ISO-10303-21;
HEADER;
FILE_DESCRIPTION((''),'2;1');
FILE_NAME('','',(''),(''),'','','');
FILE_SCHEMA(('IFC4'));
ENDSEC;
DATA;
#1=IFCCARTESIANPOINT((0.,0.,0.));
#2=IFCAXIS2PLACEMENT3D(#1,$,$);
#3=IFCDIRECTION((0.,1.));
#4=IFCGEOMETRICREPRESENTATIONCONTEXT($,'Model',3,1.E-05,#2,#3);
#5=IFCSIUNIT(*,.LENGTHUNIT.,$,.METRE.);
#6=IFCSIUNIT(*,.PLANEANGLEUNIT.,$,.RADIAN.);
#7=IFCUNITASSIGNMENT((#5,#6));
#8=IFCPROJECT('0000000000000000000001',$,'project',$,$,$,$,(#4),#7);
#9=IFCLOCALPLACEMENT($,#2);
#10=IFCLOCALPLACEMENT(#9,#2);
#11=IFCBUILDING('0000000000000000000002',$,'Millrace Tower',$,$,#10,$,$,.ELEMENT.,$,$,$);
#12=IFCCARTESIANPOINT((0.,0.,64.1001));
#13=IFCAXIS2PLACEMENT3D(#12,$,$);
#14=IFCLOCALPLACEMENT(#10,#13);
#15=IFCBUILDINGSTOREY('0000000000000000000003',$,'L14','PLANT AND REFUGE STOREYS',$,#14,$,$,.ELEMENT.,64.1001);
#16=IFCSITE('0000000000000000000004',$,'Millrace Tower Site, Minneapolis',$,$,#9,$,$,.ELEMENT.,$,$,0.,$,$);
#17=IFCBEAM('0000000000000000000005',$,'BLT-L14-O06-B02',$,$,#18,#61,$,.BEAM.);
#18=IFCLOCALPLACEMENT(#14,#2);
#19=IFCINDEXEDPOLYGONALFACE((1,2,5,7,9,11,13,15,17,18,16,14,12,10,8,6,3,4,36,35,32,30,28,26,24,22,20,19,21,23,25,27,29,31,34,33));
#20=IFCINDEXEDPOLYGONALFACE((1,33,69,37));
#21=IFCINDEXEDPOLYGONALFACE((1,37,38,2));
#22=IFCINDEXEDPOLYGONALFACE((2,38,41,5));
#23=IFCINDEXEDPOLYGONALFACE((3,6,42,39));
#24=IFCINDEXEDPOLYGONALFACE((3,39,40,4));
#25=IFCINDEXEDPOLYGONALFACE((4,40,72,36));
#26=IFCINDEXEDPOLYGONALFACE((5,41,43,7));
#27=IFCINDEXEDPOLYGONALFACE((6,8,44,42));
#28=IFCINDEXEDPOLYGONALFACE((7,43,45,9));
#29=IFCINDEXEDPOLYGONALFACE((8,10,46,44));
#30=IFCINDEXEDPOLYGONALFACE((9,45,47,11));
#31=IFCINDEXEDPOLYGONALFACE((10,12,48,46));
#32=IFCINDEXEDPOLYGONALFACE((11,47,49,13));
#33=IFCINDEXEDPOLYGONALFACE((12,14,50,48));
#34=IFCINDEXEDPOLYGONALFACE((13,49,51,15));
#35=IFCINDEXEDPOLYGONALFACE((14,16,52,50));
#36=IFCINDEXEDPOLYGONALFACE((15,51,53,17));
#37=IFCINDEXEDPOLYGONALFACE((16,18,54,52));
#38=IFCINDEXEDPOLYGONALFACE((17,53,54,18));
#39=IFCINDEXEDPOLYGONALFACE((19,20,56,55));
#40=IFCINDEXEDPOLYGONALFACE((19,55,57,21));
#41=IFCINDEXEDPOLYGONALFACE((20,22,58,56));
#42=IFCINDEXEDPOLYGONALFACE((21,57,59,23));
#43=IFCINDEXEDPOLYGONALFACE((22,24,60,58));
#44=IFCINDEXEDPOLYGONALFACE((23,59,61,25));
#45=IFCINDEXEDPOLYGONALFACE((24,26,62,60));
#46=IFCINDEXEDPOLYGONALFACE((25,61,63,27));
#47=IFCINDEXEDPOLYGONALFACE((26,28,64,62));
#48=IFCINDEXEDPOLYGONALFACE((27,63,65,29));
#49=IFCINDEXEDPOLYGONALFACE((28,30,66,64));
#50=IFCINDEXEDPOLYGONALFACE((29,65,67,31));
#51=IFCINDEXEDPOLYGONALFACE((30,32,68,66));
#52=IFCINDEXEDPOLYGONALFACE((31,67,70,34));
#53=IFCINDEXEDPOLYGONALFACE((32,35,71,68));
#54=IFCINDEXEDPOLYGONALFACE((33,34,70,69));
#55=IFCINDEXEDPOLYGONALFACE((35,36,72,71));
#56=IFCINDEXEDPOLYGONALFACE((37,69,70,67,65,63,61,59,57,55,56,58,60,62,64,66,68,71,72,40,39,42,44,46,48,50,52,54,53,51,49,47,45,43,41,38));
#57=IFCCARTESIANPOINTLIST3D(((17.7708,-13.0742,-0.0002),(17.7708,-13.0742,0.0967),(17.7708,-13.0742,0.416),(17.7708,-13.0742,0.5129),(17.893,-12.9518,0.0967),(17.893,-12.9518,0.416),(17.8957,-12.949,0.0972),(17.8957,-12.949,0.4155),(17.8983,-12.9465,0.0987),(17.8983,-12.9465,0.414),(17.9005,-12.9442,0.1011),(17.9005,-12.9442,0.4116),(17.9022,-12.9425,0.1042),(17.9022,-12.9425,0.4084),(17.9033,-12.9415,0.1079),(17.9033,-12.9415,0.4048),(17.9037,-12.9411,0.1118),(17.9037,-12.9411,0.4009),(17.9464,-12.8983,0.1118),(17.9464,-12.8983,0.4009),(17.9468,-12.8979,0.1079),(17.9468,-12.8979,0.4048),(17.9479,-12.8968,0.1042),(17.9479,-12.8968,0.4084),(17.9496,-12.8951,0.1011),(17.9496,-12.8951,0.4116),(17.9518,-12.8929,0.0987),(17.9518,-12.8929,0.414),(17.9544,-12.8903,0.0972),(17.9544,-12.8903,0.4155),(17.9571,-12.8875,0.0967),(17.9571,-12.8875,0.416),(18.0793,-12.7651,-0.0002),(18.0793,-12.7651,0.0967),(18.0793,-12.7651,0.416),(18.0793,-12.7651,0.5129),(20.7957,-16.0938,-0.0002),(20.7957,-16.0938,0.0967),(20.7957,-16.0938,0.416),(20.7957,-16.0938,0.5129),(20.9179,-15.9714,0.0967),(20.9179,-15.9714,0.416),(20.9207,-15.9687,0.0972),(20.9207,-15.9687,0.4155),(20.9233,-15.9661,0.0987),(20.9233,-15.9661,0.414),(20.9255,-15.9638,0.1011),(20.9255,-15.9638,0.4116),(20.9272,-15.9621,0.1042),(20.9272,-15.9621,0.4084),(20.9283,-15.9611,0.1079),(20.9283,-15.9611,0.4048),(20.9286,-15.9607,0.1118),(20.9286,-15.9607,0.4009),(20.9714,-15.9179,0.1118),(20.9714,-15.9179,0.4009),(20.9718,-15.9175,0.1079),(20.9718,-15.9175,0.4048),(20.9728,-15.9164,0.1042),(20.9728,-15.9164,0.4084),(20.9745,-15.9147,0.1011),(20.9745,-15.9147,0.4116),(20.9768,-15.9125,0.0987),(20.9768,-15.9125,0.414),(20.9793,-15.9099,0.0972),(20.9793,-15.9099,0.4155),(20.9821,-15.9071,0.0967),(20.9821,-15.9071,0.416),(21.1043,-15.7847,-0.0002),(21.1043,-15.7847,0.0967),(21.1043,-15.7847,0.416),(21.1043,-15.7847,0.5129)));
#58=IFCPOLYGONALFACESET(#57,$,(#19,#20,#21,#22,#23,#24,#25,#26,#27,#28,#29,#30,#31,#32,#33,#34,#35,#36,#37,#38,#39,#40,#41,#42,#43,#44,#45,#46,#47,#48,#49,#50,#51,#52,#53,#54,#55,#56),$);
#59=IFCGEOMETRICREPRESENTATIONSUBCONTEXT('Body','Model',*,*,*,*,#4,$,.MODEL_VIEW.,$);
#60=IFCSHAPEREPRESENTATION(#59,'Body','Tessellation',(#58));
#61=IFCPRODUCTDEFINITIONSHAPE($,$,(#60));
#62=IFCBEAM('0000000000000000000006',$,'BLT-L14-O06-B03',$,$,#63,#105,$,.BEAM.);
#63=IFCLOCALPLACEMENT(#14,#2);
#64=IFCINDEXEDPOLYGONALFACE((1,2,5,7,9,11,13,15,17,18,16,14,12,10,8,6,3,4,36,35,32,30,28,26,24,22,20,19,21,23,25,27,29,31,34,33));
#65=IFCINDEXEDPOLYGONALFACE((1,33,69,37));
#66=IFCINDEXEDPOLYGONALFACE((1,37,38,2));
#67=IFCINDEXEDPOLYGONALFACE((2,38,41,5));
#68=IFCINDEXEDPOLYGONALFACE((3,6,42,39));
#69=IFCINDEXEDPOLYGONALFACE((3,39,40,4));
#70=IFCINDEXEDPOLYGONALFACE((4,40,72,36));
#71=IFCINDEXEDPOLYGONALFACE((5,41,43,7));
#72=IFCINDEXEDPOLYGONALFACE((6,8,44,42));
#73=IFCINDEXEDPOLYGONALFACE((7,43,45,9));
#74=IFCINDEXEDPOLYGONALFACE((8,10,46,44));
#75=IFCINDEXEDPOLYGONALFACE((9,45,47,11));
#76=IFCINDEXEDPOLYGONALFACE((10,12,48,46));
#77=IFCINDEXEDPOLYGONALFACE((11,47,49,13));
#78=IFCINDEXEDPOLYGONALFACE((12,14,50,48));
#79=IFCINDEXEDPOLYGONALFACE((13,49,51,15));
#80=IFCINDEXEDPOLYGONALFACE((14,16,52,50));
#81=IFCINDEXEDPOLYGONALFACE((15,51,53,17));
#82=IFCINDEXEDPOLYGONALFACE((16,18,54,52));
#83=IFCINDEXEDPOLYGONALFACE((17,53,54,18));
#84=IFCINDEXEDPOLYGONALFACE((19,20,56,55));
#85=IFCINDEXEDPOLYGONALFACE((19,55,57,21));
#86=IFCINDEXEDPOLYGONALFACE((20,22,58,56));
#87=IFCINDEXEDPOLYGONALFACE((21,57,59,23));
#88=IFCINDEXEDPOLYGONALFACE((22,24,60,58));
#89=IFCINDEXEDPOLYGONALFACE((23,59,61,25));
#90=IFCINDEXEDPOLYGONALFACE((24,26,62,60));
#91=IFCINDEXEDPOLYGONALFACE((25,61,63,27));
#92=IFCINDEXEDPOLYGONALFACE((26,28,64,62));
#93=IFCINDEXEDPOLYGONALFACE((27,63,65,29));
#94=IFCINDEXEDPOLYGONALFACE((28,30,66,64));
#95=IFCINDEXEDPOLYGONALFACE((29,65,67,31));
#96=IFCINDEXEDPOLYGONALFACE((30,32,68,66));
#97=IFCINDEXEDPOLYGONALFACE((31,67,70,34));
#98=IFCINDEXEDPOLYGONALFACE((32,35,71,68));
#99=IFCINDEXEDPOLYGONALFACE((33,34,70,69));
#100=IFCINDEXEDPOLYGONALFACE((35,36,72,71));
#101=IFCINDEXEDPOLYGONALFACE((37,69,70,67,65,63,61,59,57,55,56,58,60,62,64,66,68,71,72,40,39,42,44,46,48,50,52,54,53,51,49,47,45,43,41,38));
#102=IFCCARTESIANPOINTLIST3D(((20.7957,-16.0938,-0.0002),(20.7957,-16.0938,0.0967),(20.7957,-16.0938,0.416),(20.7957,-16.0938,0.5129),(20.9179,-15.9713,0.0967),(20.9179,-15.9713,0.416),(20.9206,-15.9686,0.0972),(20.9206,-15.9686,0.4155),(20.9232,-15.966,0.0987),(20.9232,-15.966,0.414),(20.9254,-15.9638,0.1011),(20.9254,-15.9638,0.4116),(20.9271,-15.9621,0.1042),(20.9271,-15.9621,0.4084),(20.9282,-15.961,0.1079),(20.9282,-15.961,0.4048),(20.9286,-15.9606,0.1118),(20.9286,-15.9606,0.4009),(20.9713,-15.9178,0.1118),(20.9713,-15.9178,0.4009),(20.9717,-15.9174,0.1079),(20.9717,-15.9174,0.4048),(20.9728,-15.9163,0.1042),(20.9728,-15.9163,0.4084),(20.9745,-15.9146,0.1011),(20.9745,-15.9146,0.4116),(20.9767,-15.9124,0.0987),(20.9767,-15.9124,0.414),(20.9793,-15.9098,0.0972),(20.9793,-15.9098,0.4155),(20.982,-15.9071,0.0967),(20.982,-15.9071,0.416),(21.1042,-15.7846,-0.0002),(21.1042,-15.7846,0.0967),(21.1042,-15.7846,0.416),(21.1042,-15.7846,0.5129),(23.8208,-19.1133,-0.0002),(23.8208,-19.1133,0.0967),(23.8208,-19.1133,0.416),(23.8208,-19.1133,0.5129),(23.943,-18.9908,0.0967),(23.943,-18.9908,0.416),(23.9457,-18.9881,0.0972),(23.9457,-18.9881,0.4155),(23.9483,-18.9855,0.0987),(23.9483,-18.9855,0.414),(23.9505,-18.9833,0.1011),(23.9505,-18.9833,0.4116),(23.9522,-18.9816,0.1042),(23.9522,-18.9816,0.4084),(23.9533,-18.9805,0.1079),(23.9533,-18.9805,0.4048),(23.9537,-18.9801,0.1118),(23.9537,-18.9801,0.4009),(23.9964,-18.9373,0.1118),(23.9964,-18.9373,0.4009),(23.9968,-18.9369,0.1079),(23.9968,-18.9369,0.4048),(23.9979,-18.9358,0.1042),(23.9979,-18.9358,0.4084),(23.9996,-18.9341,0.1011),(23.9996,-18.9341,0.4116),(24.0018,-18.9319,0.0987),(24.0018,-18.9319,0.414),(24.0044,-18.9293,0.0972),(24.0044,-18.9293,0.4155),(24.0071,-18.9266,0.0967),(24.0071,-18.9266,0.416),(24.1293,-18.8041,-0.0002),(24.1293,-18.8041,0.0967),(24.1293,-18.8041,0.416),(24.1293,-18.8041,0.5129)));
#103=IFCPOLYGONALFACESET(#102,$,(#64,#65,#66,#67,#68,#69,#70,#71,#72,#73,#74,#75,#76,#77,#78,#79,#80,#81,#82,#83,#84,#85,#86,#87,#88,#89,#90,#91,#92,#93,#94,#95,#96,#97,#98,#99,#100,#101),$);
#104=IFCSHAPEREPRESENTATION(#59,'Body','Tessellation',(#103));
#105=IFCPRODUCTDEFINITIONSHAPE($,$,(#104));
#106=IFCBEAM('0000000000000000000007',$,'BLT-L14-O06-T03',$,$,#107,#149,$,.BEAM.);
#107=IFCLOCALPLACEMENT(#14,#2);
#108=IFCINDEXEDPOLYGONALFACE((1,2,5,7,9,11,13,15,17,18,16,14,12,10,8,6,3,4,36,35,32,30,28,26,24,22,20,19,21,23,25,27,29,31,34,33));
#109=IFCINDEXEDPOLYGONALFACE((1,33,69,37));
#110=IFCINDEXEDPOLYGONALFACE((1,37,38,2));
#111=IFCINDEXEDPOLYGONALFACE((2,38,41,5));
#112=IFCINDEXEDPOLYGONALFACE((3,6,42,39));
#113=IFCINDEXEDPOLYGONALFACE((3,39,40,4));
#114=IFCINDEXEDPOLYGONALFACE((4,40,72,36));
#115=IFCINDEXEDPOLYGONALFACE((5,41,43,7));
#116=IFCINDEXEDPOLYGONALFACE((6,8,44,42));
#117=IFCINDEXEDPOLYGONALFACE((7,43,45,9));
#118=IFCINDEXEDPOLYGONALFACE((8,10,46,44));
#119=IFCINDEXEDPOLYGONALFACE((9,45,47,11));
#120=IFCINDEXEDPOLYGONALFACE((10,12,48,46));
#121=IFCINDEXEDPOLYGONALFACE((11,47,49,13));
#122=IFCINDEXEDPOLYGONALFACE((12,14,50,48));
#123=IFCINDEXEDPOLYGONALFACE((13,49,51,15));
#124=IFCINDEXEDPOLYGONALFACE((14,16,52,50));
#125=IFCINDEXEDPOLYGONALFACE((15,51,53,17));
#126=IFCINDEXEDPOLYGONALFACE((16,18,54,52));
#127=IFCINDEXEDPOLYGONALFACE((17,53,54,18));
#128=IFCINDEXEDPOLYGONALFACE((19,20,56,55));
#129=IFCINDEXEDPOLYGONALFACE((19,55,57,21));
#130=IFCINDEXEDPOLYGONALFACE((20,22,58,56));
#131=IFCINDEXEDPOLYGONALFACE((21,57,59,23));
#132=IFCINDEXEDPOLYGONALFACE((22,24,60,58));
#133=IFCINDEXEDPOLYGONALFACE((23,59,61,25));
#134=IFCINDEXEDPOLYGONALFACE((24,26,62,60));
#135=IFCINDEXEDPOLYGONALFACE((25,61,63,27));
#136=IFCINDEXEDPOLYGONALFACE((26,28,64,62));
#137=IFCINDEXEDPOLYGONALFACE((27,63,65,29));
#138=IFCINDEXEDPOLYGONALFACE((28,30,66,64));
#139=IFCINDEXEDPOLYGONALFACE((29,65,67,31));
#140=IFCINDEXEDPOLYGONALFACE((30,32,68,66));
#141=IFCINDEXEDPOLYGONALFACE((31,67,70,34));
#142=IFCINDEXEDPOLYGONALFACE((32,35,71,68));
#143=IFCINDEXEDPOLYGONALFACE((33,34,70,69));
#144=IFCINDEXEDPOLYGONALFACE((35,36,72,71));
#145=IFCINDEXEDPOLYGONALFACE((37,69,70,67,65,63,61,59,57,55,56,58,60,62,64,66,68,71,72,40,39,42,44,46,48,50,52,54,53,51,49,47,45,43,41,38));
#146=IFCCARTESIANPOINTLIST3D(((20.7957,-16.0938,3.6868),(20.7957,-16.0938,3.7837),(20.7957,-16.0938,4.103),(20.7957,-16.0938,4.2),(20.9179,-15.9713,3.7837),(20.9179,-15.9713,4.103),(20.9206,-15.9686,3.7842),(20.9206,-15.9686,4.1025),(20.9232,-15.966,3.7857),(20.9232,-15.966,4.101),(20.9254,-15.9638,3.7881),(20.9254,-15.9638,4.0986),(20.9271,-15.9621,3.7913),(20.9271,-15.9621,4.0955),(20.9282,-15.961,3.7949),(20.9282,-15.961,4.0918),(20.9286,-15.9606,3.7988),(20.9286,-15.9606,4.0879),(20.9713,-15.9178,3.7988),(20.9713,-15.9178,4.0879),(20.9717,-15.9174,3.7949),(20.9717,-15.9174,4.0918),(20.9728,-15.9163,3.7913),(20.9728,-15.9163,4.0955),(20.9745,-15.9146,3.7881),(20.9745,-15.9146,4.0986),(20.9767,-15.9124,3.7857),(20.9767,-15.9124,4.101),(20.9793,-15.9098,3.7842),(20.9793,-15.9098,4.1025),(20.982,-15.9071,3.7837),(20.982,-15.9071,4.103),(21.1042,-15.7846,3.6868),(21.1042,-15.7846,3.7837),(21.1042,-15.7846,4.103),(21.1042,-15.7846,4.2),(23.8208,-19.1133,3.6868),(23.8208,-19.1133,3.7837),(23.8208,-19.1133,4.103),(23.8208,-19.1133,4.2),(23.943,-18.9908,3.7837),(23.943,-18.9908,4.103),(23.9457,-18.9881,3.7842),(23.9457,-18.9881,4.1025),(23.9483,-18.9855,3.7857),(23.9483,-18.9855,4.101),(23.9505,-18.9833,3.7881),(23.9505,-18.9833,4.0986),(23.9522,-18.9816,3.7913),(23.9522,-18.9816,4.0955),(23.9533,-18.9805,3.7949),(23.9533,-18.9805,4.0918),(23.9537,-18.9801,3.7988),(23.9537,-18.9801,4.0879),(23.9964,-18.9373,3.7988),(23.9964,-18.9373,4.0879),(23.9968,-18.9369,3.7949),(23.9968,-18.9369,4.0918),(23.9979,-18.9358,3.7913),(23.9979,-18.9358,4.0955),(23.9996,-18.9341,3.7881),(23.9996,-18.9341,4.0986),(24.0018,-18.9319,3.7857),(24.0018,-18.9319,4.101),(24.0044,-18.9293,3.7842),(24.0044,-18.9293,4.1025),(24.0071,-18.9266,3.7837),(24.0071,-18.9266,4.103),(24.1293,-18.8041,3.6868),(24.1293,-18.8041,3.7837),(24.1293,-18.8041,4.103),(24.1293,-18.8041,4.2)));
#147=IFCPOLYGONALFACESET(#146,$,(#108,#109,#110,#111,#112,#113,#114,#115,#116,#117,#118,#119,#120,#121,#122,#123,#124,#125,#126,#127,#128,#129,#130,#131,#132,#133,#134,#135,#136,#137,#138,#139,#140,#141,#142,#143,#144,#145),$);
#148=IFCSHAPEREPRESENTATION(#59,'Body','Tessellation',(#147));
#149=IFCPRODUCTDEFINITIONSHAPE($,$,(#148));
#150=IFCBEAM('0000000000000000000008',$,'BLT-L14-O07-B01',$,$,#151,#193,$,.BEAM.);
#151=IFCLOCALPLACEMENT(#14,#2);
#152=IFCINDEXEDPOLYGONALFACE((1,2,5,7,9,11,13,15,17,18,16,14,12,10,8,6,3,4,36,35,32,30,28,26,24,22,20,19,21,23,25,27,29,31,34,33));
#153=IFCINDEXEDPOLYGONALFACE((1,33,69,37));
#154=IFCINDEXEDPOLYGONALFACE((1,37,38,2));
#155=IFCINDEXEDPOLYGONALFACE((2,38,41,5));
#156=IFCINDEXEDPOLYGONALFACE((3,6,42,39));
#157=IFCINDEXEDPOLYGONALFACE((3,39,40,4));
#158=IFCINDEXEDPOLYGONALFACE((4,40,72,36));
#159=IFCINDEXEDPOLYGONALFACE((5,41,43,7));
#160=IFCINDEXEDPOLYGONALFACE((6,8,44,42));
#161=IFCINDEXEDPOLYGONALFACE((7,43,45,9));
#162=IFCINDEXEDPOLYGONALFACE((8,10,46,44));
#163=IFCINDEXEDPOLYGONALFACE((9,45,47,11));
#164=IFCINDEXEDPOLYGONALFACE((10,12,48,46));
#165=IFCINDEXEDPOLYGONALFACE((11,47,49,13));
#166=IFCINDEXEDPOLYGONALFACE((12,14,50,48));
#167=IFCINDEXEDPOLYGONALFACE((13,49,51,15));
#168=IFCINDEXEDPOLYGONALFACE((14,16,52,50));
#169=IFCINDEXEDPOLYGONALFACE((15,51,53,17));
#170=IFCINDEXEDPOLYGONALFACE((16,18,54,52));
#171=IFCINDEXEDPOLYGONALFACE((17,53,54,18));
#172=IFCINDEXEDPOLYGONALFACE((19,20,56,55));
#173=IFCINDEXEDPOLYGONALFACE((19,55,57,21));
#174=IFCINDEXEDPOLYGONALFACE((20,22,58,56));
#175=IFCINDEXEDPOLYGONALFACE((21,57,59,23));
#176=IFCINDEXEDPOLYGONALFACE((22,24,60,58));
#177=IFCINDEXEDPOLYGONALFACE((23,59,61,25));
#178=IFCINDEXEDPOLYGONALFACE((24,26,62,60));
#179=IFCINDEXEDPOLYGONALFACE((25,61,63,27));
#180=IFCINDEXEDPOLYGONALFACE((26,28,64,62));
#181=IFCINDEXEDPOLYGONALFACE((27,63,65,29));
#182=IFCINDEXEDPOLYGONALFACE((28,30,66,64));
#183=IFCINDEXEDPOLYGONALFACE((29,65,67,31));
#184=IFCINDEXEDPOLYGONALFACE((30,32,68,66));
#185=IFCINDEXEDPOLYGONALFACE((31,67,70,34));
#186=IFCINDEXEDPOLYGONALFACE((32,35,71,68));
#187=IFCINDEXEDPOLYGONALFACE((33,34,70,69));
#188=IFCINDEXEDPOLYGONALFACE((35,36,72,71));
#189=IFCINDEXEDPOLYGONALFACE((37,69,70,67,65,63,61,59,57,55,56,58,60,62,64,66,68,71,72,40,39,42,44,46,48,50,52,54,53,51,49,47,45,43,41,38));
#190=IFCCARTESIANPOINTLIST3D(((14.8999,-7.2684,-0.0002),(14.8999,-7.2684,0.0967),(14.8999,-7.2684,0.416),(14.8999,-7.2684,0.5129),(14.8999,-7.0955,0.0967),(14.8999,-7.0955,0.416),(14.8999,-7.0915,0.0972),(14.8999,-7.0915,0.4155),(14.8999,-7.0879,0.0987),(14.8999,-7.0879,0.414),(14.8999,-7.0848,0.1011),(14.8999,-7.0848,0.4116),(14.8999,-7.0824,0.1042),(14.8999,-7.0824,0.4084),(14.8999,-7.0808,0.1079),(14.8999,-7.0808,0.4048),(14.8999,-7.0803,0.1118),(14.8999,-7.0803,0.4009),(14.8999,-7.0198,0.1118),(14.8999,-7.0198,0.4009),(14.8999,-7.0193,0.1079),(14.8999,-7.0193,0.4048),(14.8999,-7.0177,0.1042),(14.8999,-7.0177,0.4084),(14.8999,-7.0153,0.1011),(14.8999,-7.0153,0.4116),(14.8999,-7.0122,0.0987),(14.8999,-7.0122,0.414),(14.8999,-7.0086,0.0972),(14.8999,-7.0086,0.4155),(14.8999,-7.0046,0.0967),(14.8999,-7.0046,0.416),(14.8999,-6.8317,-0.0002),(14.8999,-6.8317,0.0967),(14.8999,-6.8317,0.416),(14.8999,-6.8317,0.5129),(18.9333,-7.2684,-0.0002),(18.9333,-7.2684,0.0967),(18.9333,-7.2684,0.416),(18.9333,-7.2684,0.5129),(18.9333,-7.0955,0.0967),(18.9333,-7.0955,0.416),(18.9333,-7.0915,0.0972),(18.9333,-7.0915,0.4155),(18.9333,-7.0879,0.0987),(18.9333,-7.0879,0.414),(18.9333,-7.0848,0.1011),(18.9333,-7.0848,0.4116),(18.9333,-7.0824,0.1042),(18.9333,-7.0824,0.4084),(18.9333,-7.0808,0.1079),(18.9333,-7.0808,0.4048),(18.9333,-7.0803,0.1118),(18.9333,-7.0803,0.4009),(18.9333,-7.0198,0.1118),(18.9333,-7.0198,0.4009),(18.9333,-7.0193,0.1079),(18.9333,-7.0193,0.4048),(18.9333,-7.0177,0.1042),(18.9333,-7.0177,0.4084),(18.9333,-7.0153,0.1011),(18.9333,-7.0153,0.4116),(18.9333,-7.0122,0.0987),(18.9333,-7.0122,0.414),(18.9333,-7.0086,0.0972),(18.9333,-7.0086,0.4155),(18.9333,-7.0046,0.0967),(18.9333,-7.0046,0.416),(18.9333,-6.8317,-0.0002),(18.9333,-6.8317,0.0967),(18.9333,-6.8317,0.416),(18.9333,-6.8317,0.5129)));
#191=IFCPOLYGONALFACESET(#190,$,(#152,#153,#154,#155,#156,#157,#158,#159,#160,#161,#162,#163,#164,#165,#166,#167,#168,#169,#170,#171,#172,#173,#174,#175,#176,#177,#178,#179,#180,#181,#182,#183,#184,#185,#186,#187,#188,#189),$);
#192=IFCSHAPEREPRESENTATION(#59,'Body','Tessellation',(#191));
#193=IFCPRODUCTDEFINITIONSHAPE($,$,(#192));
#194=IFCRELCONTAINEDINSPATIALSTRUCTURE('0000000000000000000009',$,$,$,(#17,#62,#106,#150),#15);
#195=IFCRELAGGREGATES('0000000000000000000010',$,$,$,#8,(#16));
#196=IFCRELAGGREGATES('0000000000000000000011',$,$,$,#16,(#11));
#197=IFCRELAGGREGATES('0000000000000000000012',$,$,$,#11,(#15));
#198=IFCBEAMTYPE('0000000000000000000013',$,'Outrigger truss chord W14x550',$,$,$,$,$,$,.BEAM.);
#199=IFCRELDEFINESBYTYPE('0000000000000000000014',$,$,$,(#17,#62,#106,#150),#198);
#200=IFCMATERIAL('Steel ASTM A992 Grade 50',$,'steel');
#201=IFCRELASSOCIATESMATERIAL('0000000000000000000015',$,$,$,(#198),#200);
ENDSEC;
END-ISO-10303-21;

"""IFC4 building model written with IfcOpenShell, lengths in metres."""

from ifc_helpers import new_model, si_unit, direction, frame, origin, origin_2d, place, context, subcontext, project, spatial, i_section, extrude, material, material_profile, profile_set, type_object, element, save


model = new_model("IFC4")

# Units and contexts
model_context = context("Model", 3, precision=1e-05, world=origin(), true_north=direction((0.0, 1.0)))
body_context = subcontext(model_context, "Body", "Model", "MODEL_VIEW")
ifc_project = project(units=[si_unit("LENGTHUNIT", "METRE"), si_unit("PLANEANGLEUNIT", "RADIAN")], contexts=[model_context])

# Site, building, storey
site_placement = place(None, origin())
site = spatial("IfcSite", under=ifc_project, at=site_placement, Name="Millrace Tower Site, Minneapolis", CompositionType="ELEMENT", RefElevation=0.0)
building_placement = place(site_placement, origin())
building = spatial("IfcBuilding", under=site, at=building_placement, Name="Millrace Tower", CompositionType="ELEMENT")
storey_placement = place(building_placement, frame((0.0, 0.0, 64.1001)))
storey = spatial("IfcBuildingStorey", under=building, at=storey_placement, Name="L14", Description="PLANT AND REFUGE STOREYS", CompositionType="ELEMENT", Elevation=64.1001)

# Beams
ifc_material_1 = material(Name="Steel ASTM A992 Grade 50", Category="steel")
ifc_material_profile_1 = material_profile(ifc_material_1, i_section(OverallWidth=0.4368, OverallDepth=0.5132, WebThickness=0.0605, FlangeThickness=0.0969, FilletRadius=0.0151, at=origin_2d()))
ifc_profile_set_1 = profile_set([ifc_material_profile_1], Name="Steel ASTM A992 Grade 50")
beam_type_1 = type_object("IfcBeamType", Name="Outrigger truss chord W14x550", PredefinedType="BEAM", material=ifc_profile_set_1)
for number, where, z_axis, x_axis, name in (
    (1, (17.925, -12.9197, 0.2563), (0.707735, -0.706478, 0.0), (0.706478, 0.707735, 0.0), "BLT-L14-O06-B02"),
    (2, (20.95, -15.9392, 0.2563), (0.707763, -0.70645, 0.0), (0.70645, 0.707763, 0.0), "BLT-L14-O06-B03"),
    (3, (20.95, -15.9392, 3.9434), (0.707763, -0.70645, 0.0), (0.70645, 0.707763, 0.0), "BLT-L14-O06-T03"),
):
    element("IfcBeam", number, at=place(storey_placement, frame(where, z_axis=z_axis, x_axis=x_axis)), inside=storey, type_object=beam_type_1, Name=name, PredefinedType="BEAM", context=body_context, shape_type="SweptSolid", body=[
        extrude(i_section(OverallWidth=0.4368, OverallDepth=0.5132, WebThickness=0.0605, FlangeThickness=0.0969, FilletRadius=0.0151, at=origin_2d()), origin(), (0.0, 0.0, 1.0), 4.2742),
    ])
beam_1_placement = place(storey_placement, frame((14.8999, -7.05, 0.2563), z_axis=(1.0, 0.0, 0.0), x_axis=(0.0, 1.0, 0.0)))
element("IfcBeam", 4, at=beam_1_placement, inside=storey, type_object=beam_type_1, Name="BLT-L14-O07-B01", PredefinedType="BEAM", context=body_context, shape_type="SweptSolid", body=[
    extrude(i_section(OverallWidth=0.4368, OverallDepth=0.5132, WebThickness=0.0605, FlangeThickness=0.0969, FilletRadius=0.0151, at=origin_2d()), origin(), (0.0, 0.0, 1.0), 4.0334),
])

save(model, "model.ifc")
